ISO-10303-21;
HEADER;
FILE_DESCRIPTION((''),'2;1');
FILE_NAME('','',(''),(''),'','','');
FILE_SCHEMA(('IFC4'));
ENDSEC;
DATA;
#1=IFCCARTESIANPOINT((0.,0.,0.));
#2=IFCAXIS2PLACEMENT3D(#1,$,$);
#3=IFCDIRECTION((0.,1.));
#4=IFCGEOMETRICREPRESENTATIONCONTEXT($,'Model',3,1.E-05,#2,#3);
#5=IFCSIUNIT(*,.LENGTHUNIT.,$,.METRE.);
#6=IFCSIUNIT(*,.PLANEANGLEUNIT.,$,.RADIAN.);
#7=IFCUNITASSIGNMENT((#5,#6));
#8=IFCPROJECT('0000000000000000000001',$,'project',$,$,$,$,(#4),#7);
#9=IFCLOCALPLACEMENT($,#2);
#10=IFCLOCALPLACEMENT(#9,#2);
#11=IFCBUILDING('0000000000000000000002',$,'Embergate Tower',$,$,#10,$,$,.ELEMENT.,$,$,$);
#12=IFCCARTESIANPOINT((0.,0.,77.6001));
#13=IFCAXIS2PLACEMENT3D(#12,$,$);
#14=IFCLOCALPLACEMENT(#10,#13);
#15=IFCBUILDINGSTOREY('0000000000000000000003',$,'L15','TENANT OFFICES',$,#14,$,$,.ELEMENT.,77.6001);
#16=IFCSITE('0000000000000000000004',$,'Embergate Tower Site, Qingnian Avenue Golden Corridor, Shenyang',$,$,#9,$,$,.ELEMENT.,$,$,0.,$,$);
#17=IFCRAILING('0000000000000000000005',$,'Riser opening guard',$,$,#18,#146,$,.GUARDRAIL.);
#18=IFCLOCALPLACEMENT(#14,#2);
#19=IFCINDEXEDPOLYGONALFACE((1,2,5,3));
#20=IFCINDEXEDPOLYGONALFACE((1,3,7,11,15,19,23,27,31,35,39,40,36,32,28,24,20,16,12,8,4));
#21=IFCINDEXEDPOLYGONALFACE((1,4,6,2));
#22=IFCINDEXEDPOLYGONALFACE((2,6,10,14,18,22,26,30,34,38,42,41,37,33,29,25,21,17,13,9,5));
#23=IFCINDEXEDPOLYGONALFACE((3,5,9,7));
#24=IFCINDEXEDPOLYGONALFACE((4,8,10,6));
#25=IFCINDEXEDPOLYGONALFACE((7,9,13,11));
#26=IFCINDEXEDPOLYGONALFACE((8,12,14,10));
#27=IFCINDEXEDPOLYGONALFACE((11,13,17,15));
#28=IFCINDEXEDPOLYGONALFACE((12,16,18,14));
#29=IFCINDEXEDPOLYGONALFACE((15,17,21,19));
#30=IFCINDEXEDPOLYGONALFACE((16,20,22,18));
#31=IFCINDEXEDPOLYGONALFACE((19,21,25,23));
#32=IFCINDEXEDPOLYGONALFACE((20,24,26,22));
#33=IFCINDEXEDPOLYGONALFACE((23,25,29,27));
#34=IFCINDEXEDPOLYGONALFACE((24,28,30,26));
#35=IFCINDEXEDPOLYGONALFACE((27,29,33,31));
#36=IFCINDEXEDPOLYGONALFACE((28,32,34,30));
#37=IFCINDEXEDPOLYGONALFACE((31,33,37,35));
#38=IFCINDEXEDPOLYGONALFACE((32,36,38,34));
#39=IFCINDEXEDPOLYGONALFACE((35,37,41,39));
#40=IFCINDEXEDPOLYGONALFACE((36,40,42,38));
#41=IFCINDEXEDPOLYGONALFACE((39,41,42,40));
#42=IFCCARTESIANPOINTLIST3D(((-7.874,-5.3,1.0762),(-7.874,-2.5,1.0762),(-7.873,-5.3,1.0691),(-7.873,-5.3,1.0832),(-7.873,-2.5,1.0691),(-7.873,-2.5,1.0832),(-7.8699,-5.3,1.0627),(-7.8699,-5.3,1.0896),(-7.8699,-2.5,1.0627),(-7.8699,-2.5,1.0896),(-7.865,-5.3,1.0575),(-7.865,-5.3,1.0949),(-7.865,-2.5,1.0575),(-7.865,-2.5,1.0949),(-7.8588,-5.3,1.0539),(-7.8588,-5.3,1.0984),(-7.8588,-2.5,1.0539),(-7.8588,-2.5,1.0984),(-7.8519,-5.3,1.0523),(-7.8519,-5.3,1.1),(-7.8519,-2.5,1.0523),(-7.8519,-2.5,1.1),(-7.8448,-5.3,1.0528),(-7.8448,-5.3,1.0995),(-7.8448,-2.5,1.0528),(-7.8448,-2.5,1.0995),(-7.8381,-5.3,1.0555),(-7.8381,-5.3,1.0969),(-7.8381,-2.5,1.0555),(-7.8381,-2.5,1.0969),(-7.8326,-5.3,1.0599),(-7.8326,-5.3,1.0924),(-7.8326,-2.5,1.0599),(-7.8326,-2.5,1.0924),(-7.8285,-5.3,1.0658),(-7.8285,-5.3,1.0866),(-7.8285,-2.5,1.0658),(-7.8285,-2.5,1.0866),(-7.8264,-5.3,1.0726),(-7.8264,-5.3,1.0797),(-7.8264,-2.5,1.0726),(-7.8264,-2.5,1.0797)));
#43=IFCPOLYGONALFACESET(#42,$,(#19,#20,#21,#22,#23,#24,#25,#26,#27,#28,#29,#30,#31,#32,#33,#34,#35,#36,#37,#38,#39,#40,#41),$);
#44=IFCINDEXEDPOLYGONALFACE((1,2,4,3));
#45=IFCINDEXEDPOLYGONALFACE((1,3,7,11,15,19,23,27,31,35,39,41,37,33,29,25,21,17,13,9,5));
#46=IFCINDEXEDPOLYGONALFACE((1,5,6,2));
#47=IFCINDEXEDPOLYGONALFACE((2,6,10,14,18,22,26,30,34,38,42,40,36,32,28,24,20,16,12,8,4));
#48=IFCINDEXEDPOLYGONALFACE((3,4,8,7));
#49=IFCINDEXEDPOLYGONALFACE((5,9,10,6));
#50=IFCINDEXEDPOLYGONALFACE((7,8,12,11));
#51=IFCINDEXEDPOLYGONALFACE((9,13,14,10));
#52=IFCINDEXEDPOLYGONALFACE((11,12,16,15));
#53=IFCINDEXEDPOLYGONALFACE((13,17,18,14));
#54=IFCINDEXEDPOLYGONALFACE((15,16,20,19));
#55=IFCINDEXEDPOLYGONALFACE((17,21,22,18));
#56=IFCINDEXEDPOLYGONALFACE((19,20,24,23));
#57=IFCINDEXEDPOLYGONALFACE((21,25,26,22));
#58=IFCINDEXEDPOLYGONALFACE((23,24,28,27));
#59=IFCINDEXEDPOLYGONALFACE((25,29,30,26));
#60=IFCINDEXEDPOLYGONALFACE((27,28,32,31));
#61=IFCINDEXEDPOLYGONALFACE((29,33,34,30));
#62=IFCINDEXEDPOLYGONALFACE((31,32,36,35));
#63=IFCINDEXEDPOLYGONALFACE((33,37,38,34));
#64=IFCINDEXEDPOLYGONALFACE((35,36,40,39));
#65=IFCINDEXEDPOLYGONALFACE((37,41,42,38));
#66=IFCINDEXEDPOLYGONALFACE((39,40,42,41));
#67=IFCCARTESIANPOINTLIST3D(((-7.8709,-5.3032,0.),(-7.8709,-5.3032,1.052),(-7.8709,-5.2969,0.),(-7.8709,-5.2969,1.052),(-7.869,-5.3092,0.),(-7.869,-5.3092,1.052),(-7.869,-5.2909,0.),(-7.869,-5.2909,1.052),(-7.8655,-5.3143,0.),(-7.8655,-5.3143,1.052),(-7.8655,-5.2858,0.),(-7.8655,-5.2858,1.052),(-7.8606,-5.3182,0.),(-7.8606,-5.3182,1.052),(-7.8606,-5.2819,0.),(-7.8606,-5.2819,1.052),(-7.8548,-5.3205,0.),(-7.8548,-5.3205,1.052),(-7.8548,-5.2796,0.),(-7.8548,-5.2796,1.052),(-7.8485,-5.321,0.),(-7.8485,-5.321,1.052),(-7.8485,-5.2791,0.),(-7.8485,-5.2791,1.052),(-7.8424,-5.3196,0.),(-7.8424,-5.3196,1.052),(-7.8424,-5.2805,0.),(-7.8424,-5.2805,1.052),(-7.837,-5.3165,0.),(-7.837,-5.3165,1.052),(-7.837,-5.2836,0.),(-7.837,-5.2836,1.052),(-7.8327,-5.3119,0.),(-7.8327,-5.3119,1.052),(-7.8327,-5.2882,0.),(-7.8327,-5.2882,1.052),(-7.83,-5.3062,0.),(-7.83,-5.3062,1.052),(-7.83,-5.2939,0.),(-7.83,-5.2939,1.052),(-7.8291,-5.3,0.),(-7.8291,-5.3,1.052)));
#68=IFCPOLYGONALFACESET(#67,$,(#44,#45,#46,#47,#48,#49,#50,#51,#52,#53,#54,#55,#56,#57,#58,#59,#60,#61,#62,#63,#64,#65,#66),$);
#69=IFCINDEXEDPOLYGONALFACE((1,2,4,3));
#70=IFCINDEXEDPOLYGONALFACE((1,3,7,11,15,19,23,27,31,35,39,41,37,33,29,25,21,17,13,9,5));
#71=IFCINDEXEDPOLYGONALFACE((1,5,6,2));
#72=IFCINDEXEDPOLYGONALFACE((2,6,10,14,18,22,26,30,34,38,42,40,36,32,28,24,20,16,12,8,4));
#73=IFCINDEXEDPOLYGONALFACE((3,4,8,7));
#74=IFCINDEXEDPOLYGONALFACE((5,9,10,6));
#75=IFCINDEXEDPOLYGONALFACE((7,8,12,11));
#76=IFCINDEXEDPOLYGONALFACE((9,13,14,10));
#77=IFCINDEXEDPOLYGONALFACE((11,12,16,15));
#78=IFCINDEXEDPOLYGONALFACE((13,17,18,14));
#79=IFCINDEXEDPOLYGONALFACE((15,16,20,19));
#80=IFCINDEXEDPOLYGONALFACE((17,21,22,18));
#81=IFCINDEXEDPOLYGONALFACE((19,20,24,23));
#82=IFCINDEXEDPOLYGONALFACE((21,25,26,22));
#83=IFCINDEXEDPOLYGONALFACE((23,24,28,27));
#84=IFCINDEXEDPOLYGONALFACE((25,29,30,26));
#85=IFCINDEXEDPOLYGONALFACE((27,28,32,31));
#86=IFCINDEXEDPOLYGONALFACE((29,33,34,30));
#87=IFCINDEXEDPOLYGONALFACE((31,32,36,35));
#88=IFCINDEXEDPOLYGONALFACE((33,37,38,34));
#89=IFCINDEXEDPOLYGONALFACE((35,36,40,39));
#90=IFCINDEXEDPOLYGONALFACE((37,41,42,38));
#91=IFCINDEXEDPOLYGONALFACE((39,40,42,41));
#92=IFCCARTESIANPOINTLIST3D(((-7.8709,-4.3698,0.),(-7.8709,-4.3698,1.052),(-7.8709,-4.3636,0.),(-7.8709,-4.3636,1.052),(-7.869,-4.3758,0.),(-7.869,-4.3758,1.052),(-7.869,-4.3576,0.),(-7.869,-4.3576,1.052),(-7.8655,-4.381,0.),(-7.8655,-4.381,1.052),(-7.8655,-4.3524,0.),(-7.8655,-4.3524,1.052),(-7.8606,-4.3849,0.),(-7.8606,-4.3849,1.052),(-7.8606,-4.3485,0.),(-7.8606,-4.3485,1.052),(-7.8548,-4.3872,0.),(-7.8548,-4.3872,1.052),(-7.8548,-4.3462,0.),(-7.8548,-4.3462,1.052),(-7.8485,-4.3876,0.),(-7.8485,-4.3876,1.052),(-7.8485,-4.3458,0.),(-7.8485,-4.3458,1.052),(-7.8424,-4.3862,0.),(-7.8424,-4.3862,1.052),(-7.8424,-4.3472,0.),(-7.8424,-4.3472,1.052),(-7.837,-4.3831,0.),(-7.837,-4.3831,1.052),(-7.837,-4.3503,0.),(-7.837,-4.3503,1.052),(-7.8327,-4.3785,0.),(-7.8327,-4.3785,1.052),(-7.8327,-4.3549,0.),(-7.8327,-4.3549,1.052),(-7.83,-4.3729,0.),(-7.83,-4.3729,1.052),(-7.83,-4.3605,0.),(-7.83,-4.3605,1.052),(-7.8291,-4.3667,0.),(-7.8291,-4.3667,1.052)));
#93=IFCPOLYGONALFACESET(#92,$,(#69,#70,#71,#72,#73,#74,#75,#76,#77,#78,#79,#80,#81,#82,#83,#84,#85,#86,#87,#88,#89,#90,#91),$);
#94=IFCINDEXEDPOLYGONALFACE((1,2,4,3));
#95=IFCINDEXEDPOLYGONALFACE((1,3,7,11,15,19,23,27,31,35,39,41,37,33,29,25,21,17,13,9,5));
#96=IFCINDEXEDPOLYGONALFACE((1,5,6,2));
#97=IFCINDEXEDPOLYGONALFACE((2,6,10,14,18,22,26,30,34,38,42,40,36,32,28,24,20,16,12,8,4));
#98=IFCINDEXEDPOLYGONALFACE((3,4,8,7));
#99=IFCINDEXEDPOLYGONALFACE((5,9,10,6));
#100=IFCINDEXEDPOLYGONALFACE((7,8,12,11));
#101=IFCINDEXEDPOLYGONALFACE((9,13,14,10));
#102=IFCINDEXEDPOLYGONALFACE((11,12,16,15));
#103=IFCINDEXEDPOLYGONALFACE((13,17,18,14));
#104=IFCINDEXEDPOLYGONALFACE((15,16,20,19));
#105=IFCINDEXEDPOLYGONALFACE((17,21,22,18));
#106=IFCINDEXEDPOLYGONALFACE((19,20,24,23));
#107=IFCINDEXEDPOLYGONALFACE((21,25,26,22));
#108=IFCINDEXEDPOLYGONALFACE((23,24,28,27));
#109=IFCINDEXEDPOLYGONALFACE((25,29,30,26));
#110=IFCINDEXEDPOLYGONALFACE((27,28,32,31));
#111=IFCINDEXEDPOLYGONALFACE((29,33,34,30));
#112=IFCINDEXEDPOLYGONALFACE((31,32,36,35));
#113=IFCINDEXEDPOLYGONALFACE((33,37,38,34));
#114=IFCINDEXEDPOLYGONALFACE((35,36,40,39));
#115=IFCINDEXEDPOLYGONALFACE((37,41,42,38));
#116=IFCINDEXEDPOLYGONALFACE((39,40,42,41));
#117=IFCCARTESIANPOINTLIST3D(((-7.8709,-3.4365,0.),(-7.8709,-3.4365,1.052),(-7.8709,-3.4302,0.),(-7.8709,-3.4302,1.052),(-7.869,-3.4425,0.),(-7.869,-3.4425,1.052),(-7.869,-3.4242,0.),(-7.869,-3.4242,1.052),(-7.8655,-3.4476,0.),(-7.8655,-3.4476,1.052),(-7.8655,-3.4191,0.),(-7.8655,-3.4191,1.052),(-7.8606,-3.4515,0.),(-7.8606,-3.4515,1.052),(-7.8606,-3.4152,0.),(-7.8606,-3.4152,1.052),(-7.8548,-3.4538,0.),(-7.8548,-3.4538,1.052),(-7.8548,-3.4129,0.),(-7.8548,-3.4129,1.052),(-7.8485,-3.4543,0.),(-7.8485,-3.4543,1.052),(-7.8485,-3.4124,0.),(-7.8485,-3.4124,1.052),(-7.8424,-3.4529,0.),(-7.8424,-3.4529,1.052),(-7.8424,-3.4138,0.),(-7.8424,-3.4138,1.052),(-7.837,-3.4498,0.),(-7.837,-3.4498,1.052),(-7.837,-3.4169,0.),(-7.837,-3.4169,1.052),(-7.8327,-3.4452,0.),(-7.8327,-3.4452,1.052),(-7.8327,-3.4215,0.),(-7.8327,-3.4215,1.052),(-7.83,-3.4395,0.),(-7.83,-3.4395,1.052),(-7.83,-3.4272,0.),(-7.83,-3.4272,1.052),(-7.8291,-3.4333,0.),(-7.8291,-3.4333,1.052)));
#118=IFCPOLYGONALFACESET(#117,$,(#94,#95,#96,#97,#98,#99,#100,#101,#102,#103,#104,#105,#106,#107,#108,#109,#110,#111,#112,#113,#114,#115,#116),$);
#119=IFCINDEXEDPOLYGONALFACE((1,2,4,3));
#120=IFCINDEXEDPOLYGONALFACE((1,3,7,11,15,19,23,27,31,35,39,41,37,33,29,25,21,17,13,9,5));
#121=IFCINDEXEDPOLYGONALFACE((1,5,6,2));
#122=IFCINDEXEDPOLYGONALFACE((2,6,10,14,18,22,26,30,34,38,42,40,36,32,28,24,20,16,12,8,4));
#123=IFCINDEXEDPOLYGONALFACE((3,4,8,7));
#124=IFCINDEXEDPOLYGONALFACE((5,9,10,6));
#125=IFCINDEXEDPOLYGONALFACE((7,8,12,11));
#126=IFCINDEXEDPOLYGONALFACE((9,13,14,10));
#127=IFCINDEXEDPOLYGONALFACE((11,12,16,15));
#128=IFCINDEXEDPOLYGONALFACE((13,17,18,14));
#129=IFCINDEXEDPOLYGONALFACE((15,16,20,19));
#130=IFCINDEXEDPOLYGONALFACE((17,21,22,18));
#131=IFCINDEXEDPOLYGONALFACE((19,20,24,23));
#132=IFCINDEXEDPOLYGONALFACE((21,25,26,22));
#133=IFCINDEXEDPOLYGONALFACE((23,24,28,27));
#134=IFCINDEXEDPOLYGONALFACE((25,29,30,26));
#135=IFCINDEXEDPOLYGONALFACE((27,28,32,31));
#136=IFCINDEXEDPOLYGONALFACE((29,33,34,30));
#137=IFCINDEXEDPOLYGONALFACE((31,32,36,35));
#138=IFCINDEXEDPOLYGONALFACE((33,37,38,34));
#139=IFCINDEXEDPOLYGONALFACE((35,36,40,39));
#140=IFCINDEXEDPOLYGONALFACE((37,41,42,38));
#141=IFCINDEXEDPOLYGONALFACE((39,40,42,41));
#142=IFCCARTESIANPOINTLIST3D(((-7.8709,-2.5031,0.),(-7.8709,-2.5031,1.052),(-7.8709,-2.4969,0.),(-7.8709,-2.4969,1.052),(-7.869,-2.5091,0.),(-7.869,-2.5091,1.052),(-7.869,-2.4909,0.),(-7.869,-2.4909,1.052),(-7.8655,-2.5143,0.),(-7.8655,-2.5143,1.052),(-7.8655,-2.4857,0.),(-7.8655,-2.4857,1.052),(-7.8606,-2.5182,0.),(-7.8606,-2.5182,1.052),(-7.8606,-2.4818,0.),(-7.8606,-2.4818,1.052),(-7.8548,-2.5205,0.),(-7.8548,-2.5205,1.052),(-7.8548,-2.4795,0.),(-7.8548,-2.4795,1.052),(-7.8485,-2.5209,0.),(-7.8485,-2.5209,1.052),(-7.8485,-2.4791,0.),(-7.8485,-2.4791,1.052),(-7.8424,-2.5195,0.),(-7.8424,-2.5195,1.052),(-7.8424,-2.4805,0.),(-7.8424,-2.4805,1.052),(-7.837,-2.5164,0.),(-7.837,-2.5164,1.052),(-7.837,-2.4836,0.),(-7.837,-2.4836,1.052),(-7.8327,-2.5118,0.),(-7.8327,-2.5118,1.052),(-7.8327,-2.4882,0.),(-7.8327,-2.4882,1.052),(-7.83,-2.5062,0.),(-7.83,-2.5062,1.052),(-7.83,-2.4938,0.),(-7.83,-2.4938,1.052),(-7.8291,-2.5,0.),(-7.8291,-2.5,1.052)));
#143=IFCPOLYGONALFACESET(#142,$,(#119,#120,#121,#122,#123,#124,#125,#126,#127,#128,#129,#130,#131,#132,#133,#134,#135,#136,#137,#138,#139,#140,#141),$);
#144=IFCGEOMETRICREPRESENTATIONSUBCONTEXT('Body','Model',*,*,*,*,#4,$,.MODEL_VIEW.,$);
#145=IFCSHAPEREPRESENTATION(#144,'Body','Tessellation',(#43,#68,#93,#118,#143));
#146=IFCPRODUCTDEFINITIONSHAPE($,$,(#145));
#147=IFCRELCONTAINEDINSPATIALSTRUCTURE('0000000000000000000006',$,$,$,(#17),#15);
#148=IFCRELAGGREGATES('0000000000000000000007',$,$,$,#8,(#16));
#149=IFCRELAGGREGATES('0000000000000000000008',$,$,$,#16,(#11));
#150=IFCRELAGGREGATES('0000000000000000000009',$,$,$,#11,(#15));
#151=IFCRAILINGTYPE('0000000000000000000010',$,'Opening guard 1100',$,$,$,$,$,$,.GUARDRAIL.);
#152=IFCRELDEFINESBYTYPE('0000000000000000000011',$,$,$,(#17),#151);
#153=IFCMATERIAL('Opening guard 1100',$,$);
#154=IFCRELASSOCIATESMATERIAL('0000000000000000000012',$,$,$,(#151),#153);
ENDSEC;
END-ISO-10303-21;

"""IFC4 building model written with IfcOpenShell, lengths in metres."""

from ifc_helpers import new_model, si_unit, direction, frame, origin, origin_2d, place, context, subcontext, project, spatial, circle, extrude, source, transform, mapped, material, type_object, element, save


model = new_model("IFC4")

# Units and contexts
model_context = context("Model", 3, precision=1e-05, world=origin(), true_north=direction((0.0, 1.0)))
body_context = subcontext(model_context, "Body", "Model", "MODEL_VIEW")
ifc_project = project(units=[si_unit("LENGTHUNIT", "METRE"), si_unit("PLANEANGLEUNIT", "RADIAN")], contexts=[model_context])

# Site, building, storey
site_placement = place(None, origin())
site = spatial("IfcSite", under=ifc_project, at=site_placement, Name="Embergate Tower Site, Qingnian Avenue Golden Corridor, Shenyang", CompositionType="ELEMENT", RefElevation=0.0)
building_placement = place(site_placement, origin())
building = spatial("IfcBuilding", under=site, at=building_placement, Name="Embergate Tower", CompositionType="ELEMENT")
storey_placement = place(building_placement, frame((0.0, 0.0, 77.6001)))
storey = spatial("IfcBuildingStorey", under=building, at=storey_placement, Name="L15", Description="TENANT OFFICES", CompositionType="ELEMENT", Elevation=77.6001)

# Railing
ifc_material_1 = material(Name="Opening guard 1100")
railing_type_1 = type_object("IfcRailingType", Name="Opening guard 1100", PredefinedType="GUARDRAIL", material=ifc_material_1)
shared_shape_1 = source(origin(), body_context, "Body", "SweptSolid", [
    extrude(circle(Radius=0.0239, at=origin_2d()), frame((0.0, 0.0, 1.0762), z_axis=(0.0, 1.0, 0.0), x_axis=(-1.0, 0.0, 0.0)), (0.0, 0.0, 1.0), 2.8),
    extrude(circle(Radius=0.021, at=origin_2d()), origin(), (0.0, 0.0, 1.0), 1.052),
    extrude(circle(Radius=0.021, at=origin_2d()), frame((0.0, 0.9333, 0.0)), (0.0, 0.0, 1.0), 1.052),
    extrude(circle(Radius=0.021, at=origin_2d()), frame((0.0, 1.8667, 0.0)), (0.0, 0.0, 1.0), 1.052),
    extrude(circle(Radius=0.021, at=origin_2d()), frame((0.0, 2.8, 0.0)), (0.0, 0.0, 1.0), 1.052),
])
railing_1_placement = place(storey_placement, frame((-7.8501, -5.3, 0.0)))
element("IfcRailing", 1, at=railing_1_placement, inside=storey, type_object=railing_type_1, Name="Riser opening guard", PredefinedType="GUARDRAIL", context=body_context, shape_type="MappedRepresentation", body=[
    mapped(shared_shape_1, transform((0.0, 0.0, 0.0))),
])

save(model, "model.ifc")
